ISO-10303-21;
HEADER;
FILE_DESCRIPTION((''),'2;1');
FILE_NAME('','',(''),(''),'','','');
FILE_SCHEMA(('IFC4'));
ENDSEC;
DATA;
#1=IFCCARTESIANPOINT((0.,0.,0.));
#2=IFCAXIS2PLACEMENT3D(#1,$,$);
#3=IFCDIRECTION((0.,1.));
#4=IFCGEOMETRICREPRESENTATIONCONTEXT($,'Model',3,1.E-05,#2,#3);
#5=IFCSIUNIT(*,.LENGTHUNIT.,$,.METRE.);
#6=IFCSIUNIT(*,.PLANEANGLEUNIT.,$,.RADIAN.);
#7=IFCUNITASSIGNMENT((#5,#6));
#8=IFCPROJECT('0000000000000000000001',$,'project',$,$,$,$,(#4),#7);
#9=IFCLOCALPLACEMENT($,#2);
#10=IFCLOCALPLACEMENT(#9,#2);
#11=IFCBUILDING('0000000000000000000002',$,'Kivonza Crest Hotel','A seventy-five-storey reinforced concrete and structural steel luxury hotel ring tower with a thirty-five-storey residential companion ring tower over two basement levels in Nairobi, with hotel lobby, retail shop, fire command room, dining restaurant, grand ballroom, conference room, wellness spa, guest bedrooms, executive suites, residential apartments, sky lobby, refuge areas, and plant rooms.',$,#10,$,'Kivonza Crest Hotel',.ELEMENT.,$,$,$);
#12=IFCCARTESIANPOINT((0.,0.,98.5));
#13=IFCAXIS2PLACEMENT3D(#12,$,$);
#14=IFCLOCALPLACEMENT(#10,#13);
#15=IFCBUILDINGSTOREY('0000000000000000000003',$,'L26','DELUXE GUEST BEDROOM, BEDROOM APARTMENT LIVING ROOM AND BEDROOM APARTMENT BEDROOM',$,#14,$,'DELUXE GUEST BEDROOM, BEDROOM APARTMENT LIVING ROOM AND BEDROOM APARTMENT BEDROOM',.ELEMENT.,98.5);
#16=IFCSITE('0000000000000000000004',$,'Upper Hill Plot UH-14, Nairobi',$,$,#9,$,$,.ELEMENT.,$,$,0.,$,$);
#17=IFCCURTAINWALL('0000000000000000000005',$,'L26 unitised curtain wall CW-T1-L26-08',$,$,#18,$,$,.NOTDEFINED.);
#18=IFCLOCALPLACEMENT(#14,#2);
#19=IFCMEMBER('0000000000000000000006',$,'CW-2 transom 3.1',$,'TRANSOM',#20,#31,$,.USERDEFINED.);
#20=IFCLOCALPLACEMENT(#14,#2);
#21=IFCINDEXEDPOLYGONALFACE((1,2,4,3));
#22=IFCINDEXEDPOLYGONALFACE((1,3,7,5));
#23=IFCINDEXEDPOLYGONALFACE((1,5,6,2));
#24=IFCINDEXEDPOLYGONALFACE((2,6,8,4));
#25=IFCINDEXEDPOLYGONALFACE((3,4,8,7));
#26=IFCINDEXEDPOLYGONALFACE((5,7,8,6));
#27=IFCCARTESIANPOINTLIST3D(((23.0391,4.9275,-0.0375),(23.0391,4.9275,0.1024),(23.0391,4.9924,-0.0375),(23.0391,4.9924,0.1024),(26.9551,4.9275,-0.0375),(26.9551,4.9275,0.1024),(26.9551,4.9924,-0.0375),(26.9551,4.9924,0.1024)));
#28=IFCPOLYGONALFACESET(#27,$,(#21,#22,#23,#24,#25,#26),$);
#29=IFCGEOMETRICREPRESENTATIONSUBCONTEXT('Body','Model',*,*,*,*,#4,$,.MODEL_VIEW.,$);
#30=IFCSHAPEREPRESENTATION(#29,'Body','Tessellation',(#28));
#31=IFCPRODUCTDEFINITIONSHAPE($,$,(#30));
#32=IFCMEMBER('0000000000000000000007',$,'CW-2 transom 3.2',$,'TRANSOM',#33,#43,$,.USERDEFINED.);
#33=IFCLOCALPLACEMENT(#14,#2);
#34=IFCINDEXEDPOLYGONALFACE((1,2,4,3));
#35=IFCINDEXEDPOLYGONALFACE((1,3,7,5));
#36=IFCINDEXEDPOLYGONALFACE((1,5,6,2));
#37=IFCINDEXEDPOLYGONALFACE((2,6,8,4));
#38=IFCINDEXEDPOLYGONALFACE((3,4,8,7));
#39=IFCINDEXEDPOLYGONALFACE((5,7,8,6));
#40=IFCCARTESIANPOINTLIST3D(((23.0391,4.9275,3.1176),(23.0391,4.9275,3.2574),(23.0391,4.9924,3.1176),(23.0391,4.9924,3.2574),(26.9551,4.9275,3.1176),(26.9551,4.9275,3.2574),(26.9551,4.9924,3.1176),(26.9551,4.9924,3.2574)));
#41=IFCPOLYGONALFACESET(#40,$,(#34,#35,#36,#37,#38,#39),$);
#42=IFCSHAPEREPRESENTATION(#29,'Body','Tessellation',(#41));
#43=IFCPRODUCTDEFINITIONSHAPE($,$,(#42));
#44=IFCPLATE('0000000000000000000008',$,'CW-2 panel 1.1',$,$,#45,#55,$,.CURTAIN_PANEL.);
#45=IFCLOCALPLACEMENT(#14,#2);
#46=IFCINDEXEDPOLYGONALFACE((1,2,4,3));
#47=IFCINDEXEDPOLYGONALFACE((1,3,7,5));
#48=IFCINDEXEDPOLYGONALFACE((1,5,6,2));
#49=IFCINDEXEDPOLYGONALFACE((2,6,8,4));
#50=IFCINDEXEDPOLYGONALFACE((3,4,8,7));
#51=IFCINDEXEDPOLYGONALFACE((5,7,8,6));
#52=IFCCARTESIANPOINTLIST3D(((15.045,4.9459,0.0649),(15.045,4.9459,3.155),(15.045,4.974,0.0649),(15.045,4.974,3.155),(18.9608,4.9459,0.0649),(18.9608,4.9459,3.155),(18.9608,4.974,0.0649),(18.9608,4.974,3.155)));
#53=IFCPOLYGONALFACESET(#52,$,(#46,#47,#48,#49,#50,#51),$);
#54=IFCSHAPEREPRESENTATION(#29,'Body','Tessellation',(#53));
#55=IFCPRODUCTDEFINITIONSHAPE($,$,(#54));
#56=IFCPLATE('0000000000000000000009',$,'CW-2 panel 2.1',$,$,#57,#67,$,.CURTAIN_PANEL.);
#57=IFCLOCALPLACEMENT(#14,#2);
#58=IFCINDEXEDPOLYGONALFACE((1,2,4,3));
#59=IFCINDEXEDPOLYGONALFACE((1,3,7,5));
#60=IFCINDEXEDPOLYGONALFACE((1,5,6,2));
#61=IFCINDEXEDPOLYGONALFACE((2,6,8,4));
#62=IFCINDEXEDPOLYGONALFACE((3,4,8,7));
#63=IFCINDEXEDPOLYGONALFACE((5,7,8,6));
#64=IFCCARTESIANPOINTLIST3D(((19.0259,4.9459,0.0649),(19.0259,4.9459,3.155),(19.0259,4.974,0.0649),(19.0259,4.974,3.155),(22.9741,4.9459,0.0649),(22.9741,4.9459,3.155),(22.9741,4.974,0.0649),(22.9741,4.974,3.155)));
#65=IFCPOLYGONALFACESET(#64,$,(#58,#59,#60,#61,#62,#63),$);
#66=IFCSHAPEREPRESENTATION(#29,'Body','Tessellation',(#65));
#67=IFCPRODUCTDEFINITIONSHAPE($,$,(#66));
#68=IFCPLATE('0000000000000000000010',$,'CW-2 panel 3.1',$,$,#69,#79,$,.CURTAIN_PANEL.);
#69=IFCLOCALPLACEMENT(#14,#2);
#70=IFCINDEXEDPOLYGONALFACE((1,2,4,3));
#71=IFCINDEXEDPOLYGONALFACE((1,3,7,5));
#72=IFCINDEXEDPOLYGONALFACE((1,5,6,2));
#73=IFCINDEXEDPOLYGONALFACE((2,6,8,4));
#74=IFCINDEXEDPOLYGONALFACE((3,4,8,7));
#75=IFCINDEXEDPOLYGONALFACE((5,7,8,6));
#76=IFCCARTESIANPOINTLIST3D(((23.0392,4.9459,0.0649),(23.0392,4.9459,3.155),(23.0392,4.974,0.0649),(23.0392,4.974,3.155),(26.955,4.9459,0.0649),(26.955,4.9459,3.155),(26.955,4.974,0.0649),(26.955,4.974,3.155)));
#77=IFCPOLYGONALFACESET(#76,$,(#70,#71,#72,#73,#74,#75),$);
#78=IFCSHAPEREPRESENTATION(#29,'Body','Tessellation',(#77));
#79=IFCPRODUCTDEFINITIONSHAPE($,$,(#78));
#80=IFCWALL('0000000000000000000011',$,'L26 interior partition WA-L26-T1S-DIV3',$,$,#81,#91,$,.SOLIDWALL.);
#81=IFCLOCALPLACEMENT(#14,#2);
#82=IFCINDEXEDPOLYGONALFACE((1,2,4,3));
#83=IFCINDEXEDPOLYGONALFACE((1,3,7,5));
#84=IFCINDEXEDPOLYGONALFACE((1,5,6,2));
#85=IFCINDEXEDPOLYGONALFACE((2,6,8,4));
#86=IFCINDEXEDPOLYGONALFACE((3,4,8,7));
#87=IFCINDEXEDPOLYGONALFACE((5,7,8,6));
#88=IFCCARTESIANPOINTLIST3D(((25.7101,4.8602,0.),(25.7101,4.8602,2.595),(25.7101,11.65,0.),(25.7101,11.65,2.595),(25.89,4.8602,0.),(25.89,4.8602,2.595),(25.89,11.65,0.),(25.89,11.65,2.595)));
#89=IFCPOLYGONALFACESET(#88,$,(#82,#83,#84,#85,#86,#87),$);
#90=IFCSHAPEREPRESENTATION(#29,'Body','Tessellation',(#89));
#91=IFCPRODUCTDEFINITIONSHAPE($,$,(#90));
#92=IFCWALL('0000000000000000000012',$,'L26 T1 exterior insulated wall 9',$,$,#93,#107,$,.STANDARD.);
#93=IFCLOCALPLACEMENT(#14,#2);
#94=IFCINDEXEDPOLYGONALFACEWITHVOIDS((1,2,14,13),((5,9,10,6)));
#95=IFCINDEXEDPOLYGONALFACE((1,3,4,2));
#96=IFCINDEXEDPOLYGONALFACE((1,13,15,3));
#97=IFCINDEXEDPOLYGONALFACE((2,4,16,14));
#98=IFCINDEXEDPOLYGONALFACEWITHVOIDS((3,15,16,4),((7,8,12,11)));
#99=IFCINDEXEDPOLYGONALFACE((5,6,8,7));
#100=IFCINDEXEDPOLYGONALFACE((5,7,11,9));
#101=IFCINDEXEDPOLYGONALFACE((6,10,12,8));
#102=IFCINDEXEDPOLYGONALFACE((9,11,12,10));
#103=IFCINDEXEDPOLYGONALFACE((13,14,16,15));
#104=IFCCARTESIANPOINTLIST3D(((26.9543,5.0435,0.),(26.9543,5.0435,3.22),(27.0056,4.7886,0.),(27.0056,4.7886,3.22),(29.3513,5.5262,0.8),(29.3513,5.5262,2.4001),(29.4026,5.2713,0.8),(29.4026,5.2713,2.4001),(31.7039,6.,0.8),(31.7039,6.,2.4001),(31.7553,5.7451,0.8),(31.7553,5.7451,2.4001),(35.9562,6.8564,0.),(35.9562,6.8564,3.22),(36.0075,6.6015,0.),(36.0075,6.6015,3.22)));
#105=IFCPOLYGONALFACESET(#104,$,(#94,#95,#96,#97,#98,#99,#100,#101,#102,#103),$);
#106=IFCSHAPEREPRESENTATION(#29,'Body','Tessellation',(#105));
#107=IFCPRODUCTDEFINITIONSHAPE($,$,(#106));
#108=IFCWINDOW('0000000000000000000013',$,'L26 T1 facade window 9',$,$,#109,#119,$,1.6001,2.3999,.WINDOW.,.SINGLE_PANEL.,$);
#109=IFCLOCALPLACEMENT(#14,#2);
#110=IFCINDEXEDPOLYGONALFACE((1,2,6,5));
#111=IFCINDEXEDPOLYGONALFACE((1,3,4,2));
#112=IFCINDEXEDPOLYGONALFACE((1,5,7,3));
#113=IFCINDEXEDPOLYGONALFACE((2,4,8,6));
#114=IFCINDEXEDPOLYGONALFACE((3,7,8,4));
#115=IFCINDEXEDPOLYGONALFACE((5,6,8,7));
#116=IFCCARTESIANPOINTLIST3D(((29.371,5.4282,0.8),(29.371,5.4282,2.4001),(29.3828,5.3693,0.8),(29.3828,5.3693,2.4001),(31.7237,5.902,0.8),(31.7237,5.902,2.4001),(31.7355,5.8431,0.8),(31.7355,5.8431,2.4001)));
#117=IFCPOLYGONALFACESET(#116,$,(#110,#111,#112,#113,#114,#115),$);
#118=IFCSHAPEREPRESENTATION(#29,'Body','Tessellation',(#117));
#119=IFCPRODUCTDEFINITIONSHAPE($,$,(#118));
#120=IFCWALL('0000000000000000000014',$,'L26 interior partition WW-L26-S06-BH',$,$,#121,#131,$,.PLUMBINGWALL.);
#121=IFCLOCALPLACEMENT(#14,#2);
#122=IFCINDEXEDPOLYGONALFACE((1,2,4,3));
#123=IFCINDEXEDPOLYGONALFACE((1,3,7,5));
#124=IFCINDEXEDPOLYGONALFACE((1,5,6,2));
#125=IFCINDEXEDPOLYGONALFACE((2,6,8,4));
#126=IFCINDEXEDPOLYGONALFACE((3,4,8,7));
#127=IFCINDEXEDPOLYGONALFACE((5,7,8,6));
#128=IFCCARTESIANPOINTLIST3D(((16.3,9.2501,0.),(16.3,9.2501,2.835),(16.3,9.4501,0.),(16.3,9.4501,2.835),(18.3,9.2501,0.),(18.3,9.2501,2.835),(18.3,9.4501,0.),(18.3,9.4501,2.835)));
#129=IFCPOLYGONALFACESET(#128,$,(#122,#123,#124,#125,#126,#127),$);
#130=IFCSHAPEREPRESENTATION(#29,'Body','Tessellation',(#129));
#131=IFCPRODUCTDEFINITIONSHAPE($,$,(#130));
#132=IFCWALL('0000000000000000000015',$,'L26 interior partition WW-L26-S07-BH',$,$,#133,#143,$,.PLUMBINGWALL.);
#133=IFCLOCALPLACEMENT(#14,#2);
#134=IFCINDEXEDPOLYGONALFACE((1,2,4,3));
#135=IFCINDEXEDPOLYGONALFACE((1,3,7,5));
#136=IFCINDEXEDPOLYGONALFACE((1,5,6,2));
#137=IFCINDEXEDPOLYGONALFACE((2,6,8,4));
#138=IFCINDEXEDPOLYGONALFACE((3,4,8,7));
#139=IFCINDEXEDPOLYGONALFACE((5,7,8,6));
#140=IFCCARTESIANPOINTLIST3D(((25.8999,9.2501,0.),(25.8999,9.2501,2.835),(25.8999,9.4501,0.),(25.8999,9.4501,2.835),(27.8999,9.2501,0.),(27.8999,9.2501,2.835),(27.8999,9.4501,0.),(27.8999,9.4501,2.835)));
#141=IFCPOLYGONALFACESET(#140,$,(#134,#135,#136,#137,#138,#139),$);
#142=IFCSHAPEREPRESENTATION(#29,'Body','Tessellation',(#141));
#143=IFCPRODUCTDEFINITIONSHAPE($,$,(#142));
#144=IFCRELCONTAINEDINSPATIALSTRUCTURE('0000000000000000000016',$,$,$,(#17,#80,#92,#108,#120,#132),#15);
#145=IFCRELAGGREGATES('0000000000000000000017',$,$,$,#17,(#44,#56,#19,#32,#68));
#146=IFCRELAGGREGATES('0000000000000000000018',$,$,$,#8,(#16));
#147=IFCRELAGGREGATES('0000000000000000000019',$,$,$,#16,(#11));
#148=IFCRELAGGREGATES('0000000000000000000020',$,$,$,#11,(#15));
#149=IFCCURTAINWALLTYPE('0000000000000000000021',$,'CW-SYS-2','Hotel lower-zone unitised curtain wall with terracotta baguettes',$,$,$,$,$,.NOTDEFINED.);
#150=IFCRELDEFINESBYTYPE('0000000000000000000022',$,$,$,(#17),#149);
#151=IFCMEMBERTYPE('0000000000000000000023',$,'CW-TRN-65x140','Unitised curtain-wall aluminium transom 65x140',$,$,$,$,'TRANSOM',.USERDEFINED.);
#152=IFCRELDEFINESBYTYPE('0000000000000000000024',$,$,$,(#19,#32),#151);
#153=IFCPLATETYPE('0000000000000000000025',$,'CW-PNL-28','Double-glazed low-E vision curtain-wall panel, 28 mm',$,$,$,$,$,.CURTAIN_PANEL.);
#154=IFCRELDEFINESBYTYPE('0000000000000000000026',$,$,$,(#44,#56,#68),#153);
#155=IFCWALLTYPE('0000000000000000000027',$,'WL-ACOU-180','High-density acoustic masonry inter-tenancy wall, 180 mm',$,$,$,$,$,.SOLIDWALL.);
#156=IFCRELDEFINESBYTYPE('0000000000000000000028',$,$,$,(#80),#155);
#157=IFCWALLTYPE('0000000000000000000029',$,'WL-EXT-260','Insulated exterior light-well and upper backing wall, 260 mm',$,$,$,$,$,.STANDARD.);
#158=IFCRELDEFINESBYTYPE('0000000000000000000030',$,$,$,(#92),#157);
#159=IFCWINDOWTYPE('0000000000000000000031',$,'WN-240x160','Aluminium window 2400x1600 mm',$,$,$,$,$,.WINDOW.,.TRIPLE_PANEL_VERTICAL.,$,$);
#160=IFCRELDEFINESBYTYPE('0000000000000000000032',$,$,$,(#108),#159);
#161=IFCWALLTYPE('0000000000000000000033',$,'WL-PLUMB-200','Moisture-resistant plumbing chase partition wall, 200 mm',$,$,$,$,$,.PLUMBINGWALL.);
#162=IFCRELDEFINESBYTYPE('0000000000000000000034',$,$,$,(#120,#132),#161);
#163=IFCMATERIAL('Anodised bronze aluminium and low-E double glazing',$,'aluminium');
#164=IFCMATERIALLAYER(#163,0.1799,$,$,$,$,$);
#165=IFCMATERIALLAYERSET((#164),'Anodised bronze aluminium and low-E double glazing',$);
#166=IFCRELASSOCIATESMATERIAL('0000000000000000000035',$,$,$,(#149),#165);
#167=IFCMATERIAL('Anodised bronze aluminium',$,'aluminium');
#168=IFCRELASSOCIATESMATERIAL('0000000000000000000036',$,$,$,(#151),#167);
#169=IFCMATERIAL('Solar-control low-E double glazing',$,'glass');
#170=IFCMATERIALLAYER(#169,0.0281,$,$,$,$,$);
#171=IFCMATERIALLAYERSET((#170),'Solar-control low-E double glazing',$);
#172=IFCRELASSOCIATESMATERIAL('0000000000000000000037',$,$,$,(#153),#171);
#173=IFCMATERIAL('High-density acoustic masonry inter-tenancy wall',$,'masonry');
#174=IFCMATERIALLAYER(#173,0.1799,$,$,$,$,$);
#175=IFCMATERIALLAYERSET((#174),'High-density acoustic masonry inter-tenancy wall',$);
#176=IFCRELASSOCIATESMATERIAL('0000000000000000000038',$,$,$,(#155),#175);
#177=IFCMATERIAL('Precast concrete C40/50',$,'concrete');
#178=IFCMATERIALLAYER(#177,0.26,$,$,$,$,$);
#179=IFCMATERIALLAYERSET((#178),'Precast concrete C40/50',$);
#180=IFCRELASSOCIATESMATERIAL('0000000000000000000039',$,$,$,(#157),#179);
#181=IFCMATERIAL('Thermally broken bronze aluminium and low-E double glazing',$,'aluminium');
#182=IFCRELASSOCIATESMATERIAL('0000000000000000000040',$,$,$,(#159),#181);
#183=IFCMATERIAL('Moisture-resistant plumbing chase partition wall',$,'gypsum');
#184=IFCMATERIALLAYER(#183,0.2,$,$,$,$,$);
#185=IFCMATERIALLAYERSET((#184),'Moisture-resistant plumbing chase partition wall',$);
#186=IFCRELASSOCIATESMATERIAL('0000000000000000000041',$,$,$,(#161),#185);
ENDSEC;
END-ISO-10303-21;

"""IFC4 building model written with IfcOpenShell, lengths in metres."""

from ifc_helpers import new_model, si_unit, direction, frame, frame_2d, origin, origin_2d, place, context, subcontext, project, spatial, rectangle, extrude, material, layer, layer_set, material_profile, profile_set, type_object, element, fill, aggregate, save


model = new_model("IFC4")

# Units and contexts
model_context = context("Model", 3, precision=1e-05, world=origin(), true_north=direction((0.0, 1.0)))
body_context = subcontext(model_context, "Body", "Model", "MODEL_VIEW")
ifc_project = project(units=[si_unit("LENGTHUNIT", "METRE"), si_unit("PLANEANGLEUNIT", "RADIAN")], contexts=[model_context])

# Site, building, storey
site_placement = place(None, origin())
site = spatial("IfcSite", under=ifc_project, at=site_placement, Name="Upper Hill Plot UH-14, Nairobi", CompositionType="ELEMENT", RefElevation=0.0)
building_placement = place(site_placement, origin())
building = spatial("IfcBuilding", under=site, at=building_placement, Name="Kivonza Crest Hotel", Description="A seventy-five-storey reinforced concrete and structural steel luxury hotel ring tower with a thirty-five-storey residential companion ring tower over two basement levels in Nairobi, with hotel lobby, retail shop, fire command room, dining restaurant, grand ballroom, conference room, wellness spa, guest bedrooms, executive suites, residential apartments, sky lobby, refuge areas, and plant rooms.", LongName="Kivonza Crest Hotel", CompositionType="ELEMENT")
storey_placement = place(building_placement, frame((0.0, 0.0, 98.5)))
storey = spatial("IfcBuildingStorey", under=building, at=storey_placement, Name="L26", Description="DELUXE GUEST BEDROOM, BEDROOM APARTMENT LIVING ROOM AND BEDROOM APARTMENT BEDROOM", LongName="DELUXE GUEST BEDROOM, BEDROOM APARTMENT LIVING ROOM AND BEDROOM APARTMENT BEDROOM", CompositionType="ELEMENT", Elevation=98.5)

# Curtain wall, members, plates
ifc_material_1 = material(Name="Anodised bronze aluminium and low-E double glazing", Category="aluminium")
ifc_layer_1 = layer(ifc_material_1, 0.1799)
ifc_layer_set_1 = layer_set([ifc_layer_1], Name="Anodised bronze aluminium and low-E double glazing")
curtain_wall_type = type_object("IfcCurtainWallType", Name="CW-SYS-2", Description="Hotel lower-zone unitised curtain wall with terracotta baguettes", PredefinedType="NOTDEFINED", material=ifc_layer_set_1)
curtain_wall_placement = place(storey_placement, origin())
curtain_wall = element("IfcCurtainWall", 1, at=curtain_wall_placement, inside=storey, type_object=curtain_wall_type, Name="L26 unitised curtain wall CW-T1-L26-08", PredefinedType="NOTDEFINED")
ifc_material_2 = material(Name="Anodised bronze aluminium", Category="aluminium")
ifc_material_profile_1 = material_profile(ifc_material_2, rectangle(XDim=0.0649, YDim=0.1399, at=origin_2d()), Name="CW-T 65x140")
ifc_profile_set_1 = profile_set([ifc_material_profile_1], Name="Anodised bronze aluminium")
member_type_1 = type_object("IfcMemberType", Name="CW-TRN-65x140", Description="Unitised curtain-wall aluminium transom 65x140", ElementType="TRANSOM", PredefinedType="USERDEFINED", material=ifc_profile_set_1)
member_1_placement = place(storey_placement, frame((23.0391, 4.96, 0.0325), z_axis=(1.0, 0.0, 0.0), x_axis=(0.0, 1.0, 0.0)))
member_1 = element("IfcMember", 2, at=member_1_placement, type_object=member_type_1, Name="CW-2 transom 3.1", ObjectType="TRANSOM", PredefinedType="USERDEFINED", context=body_context, shape_type="SweptSolid", body=[
    extrude(rectangle(XDim=0.0649, YDim=0.1399, at=origin_2d()), origin(), (0.0, 0.0, 1.0), 3.916),
])
member_2_placement = place(storey_placement, frame((23.0391, 4.96, 3.1875), z_axis=(1.0, 0.0, 0.0), x_axis=(0.0, 1.0, 0.0)))
member_2 = element("IfcMember", 3, at=member_2_placement, type_object=member_type_1, Name="CW-2 transom 3.2", ObjectType="TRANSOM", PredefinedType="USERDEFINED", context=body_context, shape_type="SweptSolid", body=[
    extrude(rectangle(XDim=0.0649, YDim=0.1399, at=origin_2d()), origin(), (0.0, 0.0, 1.0), 3.916),
])
ifc_material_3 = material(Name="Solar-control low-E double glazing", Category="glass")
ifc_layer_2 = layer(ifc_material_3, 0.0281)
ifc_layer_set_2 = layer_set([ifc_layer_2], Name="Solar-control low-E double glazing")
plate_type = type_object("IfcPlateType", Name="CW-PNL-28", Description="Double-glazed low-E vision curtain-wall panel, 28 mm", PredefinedType="CURTAIN_PANEL", material=ifc_layer_set_2)
plate_1_placement = place(storey_placement, frame((17.0029, 4.96, 0.0649), z_axis=(0.0, 0.0, 1.0), x_axis=(1.0, 0.0, 0.0)))
plate_1 = element("IfcPlate", 4, at=plate_1_placement, type_object=plate_type, Name="CW-2 panel 1.1", PredefinedType="CURTAIN_PANEL", context=body_context, shape_type="SweptSolid", body=[
    extrude(rectangle(XDim=3.9158, YDim=0.0281, at=origin_2d()), origin(), (0.0, 0.0, 1.0), 3.0901),
])
plate_2_placement = place(storey_placement, frame((21.0, 4.96, 0.0649), z_axis=(0.0, 0.0, 1.0), x_axis=(1.0, 0.0, 0.0)))
plate_2 = element("IfcPlate", 5, at=plate_2_placement, type_object=plate_type, Name="CW-2 panel 2.1", PredefinedType="CURTAIN_PANEL", context=body_context, shape_type="SweptSolid", body=[
    extrude(rectangle(XDim=3.9482, YDim=0.0281, at=origin_2d()), origin(), (0.0, 0.0, 1.0), 3.0901),
])
plate_3_placement = place(storey_placement, frame((24.9971, 4.96, 0.0649), z_axis=(0.0, 0.0, 1.0), x_axis=(1.0, 0.0, 0.0)))
plate_3 = element("IfcPlate", 6, at=plate_3_placement, type_object=plate_type, Name="CW-2 panel 3.1", PredefinedType="CURTAIN_PANEL", context=body_context, shape_type="SweptSolid", body=[
    extrude(rectangle(XDim=3.9158, YDim=0.0281, at=origin_2d()), origin(), (0.0, 0.0, 1.0), 3.0901),
])
aggregate(curtain_wall, [plate_1, plate_2, member_1, member_2, plate_3])

# Wall
ifc_material_4 = material(Name="High-density acoustic masonry inter-tenancy wall", Category="masonry")
ifc_layer_3 = layer(ifc_material_4, 0.1799)
ifc_layer_set_3 = layer_set([ifc_layer_3], Name="High-density acoustic masonry inter-tenancy wall")
wall_type_1 = type_object("IfcWallType", Name="WL-ACOU-180", Description="High-density acoustic masonry inter-tenancy wall, 180 mm", PredefinedType="SOLIDWALL", material=ifc_layer_set_3)
wall_1_placement = place(storey_placement, frame((25.8, 4.8601, 0.0), z_axis=(0.0, 0.0, 1.0), x_axis=(0.0, 1.0, 0.0)))
element("IfcWall", 7, at=wall_1_placement, inside=storey, type_object=wall_type_1, Name="L26 interior partition WA-L26-T1S-DIV3", PredefinedType="SOLIDWALL", context=body_context, shape_type="SweptSolid", body=[
    extrude(rectangle(XDim=6.7898, YDim=0.1799, at=frame_2d((3.395, 0.0))), origin(), (0.0, 0.0, 1.0), 2.595),
])

# Wall, opening, window
ifc_material_5 = material(Name="Precast concrete C40/50", Category="concrete")
ifc_layer_4 = layer(ifc_material_5, 0.26)
ifc_layer_set_4 = layer_set([ifc_layer_4], Name="Precast concrete C40/50")
wall_type_2 = type_object("IfcWallType", Name="WL-EXT-260", Description="Insulated exterior light-well and upper backing wall, 260 mm", PredefinedType="STANDARD", material=ifc_layer_set_4)
wall_2_placement = place(storey_placement, frame((26.98, 4.916, 0.0), z_axis=(0.0, 0.0, 1.0), x_axis=(0.980316, 0.197435, 0.0)))
wall_2 = element("IfcWall", 8, at=wall_2_placement, inside=storey, type_object=wall_type_2, Name="L26 T1 exterior insulated wall 9", PredefinedType="STANDARD", context=body_context, shape_type="SweptSolid", body=[
    extrude(rectangle(XDim=9.1826, YDim=0.26, at=frame_2d((4.5913, 0.0))), origin(), (0.0, 0.0, 1.0), 3.22),
])
opening_placement = place(wall_2_placement, frame((2.4451, 0.0, 0.8)))
opening = element("IfcOpeningElement", 9, at=opening_placement, cuts=wall_2, PredefinedType="OPENING", context=body_context, shape_type="SweptSolid", body=[
    extrude(rectangle(XDim=2.3999, YDim=1.6001, at=frame_2d((1.2, 0.8))), frame((0.0, 0.1401, 0.0), z_axis=(0.0, -1.0, 0.0), x_axis=(1.0, 0.0, 0.0)), (0.0, 0.0, 1.0), 0.28),
])
ifc_material_6 = material(Name="Thermally broken bronze aluminium and low-E double glazing", Category="aluminium")
window_type = type_object("IfcWindowType", Name="WN-240x160", Description="Aluminium window 2400x1600 mm", PartitioningType="TRIPLE_PANEL_VERTICAL", PredefinedType="WINDOW", material=ifc_material_6)
window_placement = place(opening_placement, origin())
window = element("IfcWindow", 10, at=window_placement, inside=storey, type_object=window_type, Name="L26 T1 facade window 9", OverallHeight=1.6001, OverallWidth=2.3999, PartitioningType="SINGLE_PANEL", PredefinedType="WINDOW", context=body_context, shape_type="SweptSolid", body=[
    extrude(rectangle(XDim=2.3999, YDim=1.6001, at=frame_2d((1.2, 0.8))), frame((0.0, 0.03, 0.0), z_axis=(0.0, -1.0, 0.0), x_axis=(1.0, 0.0, 0.0)), (0.0, 0.0, 1.0), 0.0601),
])
fill(opening, window)

# Walls
ifc_material_7 = material(Name="Moisture-resistant plumbing chase partition wall", Category="gypsum")
ifc_layer_5 = layer(ifc_material_7, 0.2)
ifc_layer_set_5 = layer_set([ifc_layer_5], Name="Moisture-resistant plumbing chase partition wall")
wall_type_3 = type_object("IfcWallType", Name="WL-PLUMB-200", Description="Moisture-resistant plumbing chase partition wall, 200 mm", PredefinedType="PLUMBINGWALL", material=ifc_layer_set_5)
for number, where, z_axis, x_axis, name in (
    (11, (16.3, 9.3501, 0.0), (0.0, 0.0, 1.0), (1.0, 0.0, 0.0), "L26 interior partition WW-L26-S06-BH"),
    (12, (25.8999, 9.3501, 0.0), (0.0, 0.0, 1.0), (1.0, 0.0, 0.0), "L26 interior partition WW-L26-S07-BH"),
):
    element("IfcWall", number, at=place(storey_placement, frame(where, z_axis=z_axis, x_axis=x_axis)), inside=storey, type_object=wall_type_3, Name=name, PredefinedType="PLUMBINGWALL", context=body_context, shape_type="SweptSolid", body=[
        extrude(rectangle(XDim=2.0, YDim=0.2, at=frame_2d((1.0, 0.0))), origin(), (0.0, 0.0, 1.0), 2.835),
    ])

save(model, "model.ifc")
